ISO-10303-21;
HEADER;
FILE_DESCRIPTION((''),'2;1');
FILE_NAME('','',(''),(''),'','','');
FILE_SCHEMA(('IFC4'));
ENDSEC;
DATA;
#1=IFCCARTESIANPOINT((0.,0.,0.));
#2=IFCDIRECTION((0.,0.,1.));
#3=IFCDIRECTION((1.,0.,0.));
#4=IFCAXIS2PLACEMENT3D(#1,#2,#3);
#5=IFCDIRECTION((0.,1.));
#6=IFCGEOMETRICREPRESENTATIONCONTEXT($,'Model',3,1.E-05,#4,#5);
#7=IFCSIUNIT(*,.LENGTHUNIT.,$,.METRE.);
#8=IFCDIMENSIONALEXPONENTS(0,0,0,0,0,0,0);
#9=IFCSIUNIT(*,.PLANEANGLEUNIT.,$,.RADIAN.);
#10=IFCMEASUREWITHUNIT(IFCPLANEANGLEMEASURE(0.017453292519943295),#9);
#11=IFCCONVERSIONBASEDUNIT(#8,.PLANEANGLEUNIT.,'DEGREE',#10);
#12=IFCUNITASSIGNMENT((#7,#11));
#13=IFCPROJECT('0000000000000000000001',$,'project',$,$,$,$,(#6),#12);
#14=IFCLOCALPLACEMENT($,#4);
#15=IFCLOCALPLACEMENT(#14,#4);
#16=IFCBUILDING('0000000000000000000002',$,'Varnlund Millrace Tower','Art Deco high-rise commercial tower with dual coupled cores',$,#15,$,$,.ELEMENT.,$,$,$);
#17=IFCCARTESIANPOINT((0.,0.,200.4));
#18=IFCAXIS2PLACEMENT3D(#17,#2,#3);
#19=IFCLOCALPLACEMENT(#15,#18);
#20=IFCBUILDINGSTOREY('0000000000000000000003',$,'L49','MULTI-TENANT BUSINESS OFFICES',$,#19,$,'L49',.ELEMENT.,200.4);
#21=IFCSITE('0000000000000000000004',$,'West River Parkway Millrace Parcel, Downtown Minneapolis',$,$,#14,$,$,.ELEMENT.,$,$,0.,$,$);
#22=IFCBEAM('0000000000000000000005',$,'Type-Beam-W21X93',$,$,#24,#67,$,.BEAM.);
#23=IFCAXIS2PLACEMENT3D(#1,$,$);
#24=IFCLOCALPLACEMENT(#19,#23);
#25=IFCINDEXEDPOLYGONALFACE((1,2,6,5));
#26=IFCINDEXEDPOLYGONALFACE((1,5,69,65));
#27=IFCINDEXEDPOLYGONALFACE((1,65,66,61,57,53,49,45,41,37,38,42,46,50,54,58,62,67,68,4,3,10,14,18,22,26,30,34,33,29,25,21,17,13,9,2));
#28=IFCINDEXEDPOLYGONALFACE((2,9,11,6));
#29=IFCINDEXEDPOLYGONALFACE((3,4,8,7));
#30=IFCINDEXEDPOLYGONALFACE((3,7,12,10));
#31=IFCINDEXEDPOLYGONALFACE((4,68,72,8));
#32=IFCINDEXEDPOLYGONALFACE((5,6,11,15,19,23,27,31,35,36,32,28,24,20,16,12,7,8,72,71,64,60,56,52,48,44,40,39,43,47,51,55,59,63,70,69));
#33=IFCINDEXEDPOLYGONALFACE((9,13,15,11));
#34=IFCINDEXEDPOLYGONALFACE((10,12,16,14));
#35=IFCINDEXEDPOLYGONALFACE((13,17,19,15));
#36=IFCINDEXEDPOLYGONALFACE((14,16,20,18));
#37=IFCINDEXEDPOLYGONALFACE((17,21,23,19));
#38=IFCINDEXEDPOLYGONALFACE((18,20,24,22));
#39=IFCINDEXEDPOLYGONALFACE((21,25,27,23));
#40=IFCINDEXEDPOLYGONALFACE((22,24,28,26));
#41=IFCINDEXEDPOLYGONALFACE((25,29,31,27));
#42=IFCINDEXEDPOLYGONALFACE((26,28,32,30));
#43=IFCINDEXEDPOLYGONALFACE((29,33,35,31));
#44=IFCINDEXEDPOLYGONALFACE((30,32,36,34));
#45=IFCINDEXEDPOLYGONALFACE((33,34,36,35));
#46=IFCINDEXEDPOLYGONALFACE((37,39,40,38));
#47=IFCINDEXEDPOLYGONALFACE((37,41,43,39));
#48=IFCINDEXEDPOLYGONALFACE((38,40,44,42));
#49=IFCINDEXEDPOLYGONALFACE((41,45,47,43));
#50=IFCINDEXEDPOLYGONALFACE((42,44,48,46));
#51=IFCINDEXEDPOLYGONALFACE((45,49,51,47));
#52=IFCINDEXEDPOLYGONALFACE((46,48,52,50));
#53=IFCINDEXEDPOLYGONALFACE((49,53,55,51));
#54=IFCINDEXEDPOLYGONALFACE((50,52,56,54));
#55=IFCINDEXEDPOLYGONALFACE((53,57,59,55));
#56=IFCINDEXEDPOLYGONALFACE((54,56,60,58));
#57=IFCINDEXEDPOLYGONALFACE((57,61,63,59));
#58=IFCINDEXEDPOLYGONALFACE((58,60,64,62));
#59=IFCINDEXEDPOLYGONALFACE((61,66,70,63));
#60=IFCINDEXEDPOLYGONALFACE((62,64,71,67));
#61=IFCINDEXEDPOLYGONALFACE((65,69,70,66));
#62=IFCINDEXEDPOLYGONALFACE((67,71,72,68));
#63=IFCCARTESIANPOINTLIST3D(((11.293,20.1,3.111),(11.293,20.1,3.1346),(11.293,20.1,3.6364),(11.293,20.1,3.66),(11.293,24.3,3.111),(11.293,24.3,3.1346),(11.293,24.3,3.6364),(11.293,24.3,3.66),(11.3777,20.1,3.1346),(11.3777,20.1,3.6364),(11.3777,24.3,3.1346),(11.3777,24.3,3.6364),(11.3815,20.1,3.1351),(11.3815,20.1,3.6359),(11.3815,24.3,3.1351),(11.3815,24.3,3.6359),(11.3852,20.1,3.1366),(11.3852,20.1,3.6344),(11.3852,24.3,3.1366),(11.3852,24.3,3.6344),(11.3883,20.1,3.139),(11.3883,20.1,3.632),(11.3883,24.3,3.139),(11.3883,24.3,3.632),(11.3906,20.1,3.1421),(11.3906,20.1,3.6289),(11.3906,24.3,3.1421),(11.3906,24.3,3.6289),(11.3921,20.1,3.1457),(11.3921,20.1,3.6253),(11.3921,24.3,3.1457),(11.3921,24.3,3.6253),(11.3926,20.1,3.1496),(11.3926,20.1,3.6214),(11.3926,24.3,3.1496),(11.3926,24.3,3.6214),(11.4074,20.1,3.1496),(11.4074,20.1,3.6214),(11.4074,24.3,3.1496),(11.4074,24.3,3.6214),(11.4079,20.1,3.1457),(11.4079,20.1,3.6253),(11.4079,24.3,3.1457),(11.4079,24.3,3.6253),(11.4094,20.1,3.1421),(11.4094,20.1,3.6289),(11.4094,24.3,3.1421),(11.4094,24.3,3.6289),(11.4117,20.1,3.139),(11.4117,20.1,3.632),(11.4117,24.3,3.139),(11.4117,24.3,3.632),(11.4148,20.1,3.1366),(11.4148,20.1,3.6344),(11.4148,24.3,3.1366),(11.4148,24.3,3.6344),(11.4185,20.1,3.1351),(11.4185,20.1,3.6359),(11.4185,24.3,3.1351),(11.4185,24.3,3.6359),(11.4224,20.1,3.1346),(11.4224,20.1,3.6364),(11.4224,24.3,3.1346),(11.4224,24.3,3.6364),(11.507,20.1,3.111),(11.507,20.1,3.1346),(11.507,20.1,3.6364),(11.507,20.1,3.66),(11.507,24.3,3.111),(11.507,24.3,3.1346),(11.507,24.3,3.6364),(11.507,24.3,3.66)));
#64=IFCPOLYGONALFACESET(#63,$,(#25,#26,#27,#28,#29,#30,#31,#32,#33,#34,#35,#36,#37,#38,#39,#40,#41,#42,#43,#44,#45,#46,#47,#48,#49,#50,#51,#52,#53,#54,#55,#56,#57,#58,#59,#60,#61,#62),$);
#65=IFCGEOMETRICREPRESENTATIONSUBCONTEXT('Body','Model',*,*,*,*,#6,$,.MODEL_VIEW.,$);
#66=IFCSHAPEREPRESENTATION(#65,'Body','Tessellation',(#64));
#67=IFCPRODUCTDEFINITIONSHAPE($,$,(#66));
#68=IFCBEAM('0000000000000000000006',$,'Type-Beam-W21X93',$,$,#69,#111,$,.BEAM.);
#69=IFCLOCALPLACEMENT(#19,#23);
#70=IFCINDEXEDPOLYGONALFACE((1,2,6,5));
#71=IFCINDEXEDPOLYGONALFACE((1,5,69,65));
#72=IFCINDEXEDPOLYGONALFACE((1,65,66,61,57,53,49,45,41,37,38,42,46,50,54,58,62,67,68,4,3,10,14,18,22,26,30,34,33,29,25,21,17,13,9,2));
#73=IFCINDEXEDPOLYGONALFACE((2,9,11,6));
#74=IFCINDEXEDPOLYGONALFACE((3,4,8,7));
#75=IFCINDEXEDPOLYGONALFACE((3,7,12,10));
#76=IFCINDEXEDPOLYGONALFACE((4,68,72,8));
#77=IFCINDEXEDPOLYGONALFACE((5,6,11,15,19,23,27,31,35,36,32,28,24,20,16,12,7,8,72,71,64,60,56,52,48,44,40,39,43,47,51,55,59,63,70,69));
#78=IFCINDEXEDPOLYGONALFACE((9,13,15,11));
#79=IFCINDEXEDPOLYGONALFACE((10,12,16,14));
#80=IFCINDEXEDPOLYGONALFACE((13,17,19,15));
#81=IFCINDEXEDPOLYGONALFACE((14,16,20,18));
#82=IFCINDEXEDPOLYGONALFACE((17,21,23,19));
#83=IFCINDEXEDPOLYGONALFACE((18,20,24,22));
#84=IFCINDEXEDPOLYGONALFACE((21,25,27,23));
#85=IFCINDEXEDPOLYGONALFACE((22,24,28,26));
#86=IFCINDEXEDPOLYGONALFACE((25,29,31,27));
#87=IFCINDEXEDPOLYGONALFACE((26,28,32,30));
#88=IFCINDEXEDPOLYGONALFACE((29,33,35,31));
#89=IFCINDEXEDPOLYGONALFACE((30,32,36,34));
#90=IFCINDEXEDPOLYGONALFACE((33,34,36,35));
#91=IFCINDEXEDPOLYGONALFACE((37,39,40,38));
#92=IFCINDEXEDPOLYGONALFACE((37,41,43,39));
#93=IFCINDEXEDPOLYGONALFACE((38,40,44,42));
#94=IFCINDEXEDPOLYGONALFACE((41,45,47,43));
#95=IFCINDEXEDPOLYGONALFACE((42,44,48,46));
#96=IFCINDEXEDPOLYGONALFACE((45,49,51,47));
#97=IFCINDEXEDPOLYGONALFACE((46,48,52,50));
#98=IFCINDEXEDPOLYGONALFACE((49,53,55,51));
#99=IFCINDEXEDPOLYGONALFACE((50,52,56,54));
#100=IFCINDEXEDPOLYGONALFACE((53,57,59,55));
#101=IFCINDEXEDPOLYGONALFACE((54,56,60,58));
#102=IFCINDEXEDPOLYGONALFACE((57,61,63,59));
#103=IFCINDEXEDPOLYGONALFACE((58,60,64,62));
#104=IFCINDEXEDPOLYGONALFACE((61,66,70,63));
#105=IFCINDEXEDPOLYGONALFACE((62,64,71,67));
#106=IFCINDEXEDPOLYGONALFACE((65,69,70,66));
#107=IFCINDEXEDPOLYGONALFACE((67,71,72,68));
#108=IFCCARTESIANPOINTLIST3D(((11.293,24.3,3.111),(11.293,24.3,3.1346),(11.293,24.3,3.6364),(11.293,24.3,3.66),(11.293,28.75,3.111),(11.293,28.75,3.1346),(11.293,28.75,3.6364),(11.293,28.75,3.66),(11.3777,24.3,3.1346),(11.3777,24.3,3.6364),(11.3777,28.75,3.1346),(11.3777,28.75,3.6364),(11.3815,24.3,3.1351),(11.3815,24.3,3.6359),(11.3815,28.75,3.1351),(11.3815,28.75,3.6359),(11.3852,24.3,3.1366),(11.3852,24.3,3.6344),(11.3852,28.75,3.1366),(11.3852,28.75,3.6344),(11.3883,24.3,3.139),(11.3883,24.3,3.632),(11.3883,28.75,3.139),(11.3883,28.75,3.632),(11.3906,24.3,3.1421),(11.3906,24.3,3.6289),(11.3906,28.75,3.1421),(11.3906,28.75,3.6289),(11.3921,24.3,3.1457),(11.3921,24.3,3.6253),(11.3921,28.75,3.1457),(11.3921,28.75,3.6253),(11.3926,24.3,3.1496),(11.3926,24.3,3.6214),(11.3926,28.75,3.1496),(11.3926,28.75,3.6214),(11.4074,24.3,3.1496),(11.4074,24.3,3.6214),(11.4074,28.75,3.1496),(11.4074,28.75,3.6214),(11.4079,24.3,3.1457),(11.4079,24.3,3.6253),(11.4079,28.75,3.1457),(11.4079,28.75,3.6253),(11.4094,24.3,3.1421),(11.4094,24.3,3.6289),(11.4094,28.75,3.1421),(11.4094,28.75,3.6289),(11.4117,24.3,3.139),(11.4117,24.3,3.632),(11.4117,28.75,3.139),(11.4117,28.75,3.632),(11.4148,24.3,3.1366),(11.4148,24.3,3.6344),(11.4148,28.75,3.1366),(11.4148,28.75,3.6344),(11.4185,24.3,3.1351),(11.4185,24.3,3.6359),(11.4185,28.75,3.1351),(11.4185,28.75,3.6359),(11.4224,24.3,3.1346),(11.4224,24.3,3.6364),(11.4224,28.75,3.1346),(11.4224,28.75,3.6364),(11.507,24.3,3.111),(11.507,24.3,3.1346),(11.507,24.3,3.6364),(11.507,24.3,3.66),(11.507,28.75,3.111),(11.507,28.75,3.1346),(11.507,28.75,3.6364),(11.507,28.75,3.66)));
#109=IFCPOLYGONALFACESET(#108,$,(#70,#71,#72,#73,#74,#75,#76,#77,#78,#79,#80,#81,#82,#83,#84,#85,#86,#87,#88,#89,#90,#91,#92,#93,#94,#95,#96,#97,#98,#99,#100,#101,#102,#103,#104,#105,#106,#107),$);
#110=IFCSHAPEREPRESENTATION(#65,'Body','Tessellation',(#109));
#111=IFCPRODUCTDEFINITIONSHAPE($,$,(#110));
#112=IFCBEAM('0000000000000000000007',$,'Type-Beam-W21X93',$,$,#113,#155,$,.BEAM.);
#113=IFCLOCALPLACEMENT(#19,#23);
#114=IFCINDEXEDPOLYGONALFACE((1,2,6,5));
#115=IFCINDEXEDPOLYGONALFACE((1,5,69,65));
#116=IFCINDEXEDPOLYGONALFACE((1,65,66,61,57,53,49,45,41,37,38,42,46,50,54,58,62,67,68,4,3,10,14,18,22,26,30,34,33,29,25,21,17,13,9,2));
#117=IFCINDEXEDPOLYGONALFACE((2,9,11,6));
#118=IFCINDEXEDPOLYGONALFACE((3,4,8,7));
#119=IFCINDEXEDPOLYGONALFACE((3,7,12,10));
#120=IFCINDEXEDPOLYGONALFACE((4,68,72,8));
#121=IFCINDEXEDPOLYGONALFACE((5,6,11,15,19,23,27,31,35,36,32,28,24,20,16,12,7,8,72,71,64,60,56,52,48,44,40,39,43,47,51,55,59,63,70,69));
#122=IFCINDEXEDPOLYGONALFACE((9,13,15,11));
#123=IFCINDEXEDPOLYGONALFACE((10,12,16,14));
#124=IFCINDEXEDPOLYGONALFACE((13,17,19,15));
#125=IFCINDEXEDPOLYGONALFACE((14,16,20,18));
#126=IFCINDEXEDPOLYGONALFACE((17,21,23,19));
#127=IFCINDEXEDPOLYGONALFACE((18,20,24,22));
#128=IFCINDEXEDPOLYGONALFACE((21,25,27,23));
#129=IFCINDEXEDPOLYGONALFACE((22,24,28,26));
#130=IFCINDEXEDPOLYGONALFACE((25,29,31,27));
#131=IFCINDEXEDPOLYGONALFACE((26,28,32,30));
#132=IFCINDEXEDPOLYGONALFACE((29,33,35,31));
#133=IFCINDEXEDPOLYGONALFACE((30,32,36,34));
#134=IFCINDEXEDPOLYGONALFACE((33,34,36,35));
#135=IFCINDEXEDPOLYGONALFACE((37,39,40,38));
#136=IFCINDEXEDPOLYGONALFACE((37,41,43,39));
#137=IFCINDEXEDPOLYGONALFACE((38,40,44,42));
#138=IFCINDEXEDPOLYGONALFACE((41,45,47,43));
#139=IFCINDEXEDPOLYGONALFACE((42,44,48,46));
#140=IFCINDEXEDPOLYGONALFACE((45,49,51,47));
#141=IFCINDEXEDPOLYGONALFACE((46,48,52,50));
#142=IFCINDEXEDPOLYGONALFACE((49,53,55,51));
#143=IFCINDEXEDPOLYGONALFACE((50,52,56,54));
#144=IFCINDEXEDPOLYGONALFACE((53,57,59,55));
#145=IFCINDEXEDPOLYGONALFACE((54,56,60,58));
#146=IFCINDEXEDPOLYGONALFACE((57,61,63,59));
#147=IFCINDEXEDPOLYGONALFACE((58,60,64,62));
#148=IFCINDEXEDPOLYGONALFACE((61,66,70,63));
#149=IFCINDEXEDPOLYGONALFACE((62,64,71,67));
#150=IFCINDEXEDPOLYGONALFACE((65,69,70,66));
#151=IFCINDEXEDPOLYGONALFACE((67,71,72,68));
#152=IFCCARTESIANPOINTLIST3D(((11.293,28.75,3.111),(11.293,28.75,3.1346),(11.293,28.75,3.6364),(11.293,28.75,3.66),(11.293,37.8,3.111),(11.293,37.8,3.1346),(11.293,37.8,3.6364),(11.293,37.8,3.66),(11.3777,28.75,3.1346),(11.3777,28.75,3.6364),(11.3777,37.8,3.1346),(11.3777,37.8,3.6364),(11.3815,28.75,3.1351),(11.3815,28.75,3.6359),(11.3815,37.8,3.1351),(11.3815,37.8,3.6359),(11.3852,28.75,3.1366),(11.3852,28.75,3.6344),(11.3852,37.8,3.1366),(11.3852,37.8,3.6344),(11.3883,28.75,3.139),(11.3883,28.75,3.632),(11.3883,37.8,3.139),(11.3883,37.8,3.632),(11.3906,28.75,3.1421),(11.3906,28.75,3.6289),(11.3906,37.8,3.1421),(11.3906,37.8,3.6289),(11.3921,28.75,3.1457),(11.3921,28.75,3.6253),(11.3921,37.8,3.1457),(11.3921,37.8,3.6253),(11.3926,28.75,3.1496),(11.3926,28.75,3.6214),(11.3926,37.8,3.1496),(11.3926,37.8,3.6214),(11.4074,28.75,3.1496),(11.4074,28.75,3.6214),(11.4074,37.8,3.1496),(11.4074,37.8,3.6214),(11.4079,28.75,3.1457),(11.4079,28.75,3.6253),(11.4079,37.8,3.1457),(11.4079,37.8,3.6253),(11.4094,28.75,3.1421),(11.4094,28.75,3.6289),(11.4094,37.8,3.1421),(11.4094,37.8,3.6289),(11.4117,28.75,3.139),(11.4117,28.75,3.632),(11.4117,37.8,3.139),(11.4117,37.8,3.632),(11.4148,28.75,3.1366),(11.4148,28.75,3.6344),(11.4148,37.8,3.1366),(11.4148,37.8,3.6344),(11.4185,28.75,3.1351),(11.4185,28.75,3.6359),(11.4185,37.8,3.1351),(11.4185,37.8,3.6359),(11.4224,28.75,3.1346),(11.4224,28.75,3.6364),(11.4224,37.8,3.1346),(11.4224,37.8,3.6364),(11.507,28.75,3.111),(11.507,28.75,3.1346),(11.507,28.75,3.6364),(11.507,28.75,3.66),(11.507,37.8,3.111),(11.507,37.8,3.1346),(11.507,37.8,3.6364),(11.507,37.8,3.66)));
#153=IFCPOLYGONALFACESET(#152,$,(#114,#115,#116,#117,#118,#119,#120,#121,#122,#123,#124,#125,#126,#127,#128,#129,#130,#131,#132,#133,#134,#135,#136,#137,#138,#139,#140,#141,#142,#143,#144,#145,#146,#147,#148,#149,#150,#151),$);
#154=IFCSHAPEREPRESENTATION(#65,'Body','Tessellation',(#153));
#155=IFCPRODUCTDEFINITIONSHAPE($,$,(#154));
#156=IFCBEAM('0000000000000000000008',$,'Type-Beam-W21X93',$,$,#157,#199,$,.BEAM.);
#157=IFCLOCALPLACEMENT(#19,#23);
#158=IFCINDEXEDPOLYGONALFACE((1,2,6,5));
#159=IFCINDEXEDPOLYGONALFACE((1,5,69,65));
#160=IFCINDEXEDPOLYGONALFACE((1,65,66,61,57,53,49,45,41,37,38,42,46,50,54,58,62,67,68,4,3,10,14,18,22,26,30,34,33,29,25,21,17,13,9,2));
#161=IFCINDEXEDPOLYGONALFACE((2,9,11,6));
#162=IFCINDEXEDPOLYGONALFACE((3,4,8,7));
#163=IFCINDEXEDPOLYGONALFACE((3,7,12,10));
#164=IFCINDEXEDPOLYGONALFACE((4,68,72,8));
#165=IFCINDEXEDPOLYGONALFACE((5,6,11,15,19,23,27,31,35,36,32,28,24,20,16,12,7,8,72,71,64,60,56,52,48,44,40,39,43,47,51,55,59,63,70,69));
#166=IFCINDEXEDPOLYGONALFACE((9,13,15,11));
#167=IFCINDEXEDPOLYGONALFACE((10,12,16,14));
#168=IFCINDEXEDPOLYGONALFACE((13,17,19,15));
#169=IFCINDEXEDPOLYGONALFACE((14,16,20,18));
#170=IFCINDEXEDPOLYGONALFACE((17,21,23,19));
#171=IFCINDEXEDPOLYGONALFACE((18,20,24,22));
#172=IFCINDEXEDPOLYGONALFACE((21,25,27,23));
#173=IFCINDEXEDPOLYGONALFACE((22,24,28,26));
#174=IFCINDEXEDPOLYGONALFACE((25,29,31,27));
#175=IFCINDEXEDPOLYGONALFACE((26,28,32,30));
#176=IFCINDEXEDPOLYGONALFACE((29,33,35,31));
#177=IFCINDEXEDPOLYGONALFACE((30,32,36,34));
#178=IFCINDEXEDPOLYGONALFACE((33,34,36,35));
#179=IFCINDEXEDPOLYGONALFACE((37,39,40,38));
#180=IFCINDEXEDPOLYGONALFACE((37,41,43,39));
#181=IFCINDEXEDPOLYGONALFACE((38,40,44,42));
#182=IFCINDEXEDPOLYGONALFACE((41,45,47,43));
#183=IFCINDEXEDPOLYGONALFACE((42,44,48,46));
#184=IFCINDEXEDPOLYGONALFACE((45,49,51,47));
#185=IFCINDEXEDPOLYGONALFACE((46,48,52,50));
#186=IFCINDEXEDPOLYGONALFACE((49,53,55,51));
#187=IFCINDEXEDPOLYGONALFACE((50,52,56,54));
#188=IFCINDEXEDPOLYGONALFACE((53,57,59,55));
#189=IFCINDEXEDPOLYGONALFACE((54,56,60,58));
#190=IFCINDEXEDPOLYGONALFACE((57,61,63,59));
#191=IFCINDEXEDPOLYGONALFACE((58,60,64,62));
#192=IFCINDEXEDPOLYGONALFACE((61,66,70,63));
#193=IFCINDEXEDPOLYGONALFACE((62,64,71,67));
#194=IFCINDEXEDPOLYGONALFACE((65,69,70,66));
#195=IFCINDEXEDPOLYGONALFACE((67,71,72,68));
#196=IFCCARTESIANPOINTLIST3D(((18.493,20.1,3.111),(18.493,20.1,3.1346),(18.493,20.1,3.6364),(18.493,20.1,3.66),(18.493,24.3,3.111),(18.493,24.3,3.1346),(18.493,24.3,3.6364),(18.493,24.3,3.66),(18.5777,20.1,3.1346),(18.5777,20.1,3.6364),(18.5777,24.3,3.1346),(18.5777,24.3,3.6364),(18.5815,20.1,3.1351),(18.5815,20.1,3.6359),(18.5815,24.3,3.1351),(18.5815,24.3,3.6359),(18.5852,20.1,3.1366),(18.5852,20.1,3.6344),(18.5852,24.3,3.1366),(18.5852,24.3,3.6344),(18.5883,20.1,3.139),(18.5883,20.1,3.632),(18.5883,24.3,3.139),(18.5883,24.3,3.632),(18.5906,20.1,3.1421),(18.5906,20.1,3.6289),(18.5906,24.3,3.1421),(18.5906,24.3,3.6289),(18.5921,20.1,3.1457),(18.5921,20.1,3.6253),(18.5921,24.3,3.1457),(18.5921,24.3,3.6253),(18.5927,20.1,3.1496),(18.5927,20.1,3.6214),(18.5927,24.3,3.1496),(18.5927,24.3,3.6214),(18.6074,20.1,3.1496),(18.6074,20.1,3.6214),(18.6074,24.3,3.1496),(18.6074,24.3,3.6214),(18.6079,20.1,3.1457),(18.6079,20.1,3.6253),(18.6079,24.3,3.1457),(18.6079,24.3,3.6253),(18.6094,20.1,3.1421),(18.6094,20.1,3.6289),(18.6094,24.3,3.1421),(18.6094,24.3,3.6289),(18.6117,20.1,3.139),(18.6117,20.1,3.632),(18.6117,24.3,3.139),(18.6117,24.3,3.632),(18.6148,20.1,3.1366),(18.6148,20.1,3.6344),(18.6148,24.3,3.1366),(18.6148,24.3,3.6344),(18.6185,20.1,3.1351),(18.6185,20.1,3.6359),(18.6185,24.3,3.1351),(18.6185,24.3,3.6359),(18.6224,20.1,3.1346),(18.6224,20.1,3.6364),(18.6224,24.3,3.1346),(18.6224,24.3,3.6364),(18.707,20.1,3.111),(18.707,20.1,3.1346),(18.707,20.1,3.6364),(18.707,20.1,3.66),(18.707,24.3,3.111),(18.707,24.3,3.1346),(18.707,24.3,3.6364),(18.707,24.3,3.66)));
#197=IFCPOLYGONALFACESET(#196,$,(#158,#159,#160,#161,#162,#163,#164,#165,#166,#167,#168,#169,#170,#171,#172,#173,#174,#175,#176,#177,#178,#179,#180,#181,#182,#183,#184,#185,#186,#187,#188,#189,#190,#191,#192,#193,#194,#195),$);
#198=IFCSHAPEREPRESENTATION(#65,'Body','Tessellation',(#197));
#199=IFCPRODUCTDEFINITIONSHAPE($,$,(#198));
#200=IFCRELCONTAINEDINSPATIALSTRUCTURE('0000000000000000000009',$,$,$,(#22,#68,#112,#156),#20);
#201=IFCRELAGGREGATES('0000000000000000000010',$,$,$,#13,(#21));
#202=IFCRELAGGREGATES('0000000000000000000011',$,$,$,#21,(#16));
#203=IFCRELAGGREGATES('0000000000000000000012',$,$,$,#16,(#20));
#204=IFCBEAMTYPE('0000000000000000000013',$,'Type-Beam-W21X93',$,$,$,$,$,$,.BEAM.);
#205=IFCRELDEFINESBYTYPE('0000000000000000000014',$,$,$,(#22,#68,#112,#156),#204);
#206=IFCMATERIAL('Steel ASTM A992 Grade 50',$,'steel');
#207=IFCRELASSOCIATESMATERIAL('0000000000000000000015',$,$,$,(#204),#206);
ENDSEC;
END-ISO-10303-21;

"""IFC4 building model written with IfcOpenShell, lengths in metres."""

from ifc_helpers import new_model, entity, si_unit, converted_unit, direction, frame, origin_with_axes, origin_2d_with_axis, place, context, subcontext, project, spatial, i_section, extrude, material, material_profile, profile_set, type_object, element, save


model = new_model("IFC4")

# Units and contexts
model_context = context("Model", 3, precision=1e-05, world=origin_with_axes(), true_north=direction((0.0, 1.0)))
body_context = subcontext(model_context, "Body", "Model", "MODEL_VIEW")
ifc_project = project(units=[si_unit("LENGTHUNIT", "METRE"), converted_unit("PLANEANGLEUNIT", "DEGREE", entity("IfcPlaneAngleMeasure", 0.017453292519943295), si_unit("PLANEANGLEUNIT", "RADIAN"), dimensions=[0, 0, 0, 0, 0, 0, 0])], contexts=[model_context])

# Site, building, storey
site_placement = place(None, origin_with_axes())
site = spatial("IfcSite", under=ifc_project, at=site_placement, Name="West River Parkway Millrace Parcel, Downtown Minneapolis", CompositionType="ELEMENT", RefElevation=0.0)
building_placement = place(site_placement, origin_with_axes())
building = spatial("IfcBuilding", under=site, at=building_placement, Name="Varnlund Millrace Tower", Description="Art Deco high-rise commercial tower with dual coupled cores", CompositionType="ELEMENT")
storey_placement = place(building_placement, frame((0.0, 0.0, 200.4), z_axis=(0.0, 0.0, 1.0), x_axis=(1.0, 0.0, 0.0)))
storey = spatial("IfcBuildingStorey", under=building, at=storey_placement, Name="L49", Description="MULTI-TENANT BUSINESS OFFICES", LongName="L49", CompositionType="ELEMENT", Elevation=200.4)

# Beams
ifc_material_1 = material(Name="Steel ASTM A992 Grade 50", Category="steel")
ifc_material_profile_1 = material_profile(ifc_material_1, i_section(OverallWidth=0.214, OverallDepth=0.549, WebThickness=0.0147, FlangeThickness=0.0236, FilletRadius=0.015, at=origin_2d_with_axis()), Name="Steel ASTM A992 Grade 50")
ifc_profile_set_1 = profile_set([ifc_material_profile_1], Name="Steel ASTM A992 Grade 50")
beam_type_1 = type_object("IfcBeamType", Name="Type-Beam-W21X93", PredefinedType="BEAM", material=ifc_profile_set_1)
beam_1_placement = place(storey_placement, frame((11.4, 20.1, 3.3855), z_axis=(0.0, 1.0, 0.0), x_axis=(-1.0, 0.0, 0.0)))
element("IfcBeam", 1, at=beam_1_placement, inside=storey, type_object=beam_type_1, Name="Type-Beam-W21X93", PredefinedType="BEAM", context=body_context, shape_type="SweptSolid", body=[
    extrude(i_section(OverallWidth=0.214, OverallDepth=0.549, WebThickness=0.0147, FlangeThickness=0.0236, FilletRadius=0.015, at=origin_2d_with_axis()), origin_with_axes(), (0.0, 0.0, 1.0), 4.2),
])
beam_2_placement = place(storey_placement, frame((11.4, 24.3, 3.3855), z_axis=(0.0, 1.0, 0.0), x_axis=(-1.0, 0.0, 0.0)))
element("IfcBeam", 2, at=beam_2_placement, inside=storey, type_object=beam_type_1, Name="Type-Beam-W21X93", PredefinedType="BEAM", context=body_context, shape_type="SweptSolid", body=[
    extrude(i_section(OverallWidth=0.214, OverallDepth=0.549, WebThickness=0.0147, FlangeThickness=0.0236, FilletRadius=0.015, at=origin_2d_with_axis()), origin_with_axes(), (0.0, 0.0, 1.0), 4.45),
])
beam_3_placement = place(storey_placement, frame((11.4, 28.75, 3.3855), z_axis=(0.0, 1.0, 0.0), x_axis=(-1.0, 0.0, 0.0)))
element("IfcBeam", 3, at=beam_3_placement, inside=storey, type_object=beam_type_1, Name="Type-Beam-W21X93", PredefinedType="BEAM", context=body_context, shape_type="SweptSolid", body=[
    extrude(i_section(OverallWidth=0.214, OverallDepth=0.549, WebThickness=0.0147, FlangeThickness=0.0236, FilletRadius=0.015, at=origin_2d_with_axis()), origin_with_axes(), (0.0, 0.0, 1.0), 9.05),
])
beam_4_placement = place(storey_placement, frame((18.6, 20.1, 3.3855), z_axis=(0.0, 1.0, 0.0), x_axis=(-1.0, 0.0, 0.0)))
element("IfcBeam", 4, at=beam_4_placement, inside=storey, type_object=beam_type_1, Name="Type-Beam-W21X93", PredefinedType="BEAM", context=body_context, shape_type="SweptSolid", body=[
    extrude(i_section(OverallWidth=0.214, OverallDepth=0.549, WebThickness=0.0147, FlangeThickness=0.0236, FilletRadius=0.015, at=origin_2d_with_axis()), origin_with_axes(), (0.0, 0.0, 1.0), 4.2),
])

save(model, "model.ifc")
